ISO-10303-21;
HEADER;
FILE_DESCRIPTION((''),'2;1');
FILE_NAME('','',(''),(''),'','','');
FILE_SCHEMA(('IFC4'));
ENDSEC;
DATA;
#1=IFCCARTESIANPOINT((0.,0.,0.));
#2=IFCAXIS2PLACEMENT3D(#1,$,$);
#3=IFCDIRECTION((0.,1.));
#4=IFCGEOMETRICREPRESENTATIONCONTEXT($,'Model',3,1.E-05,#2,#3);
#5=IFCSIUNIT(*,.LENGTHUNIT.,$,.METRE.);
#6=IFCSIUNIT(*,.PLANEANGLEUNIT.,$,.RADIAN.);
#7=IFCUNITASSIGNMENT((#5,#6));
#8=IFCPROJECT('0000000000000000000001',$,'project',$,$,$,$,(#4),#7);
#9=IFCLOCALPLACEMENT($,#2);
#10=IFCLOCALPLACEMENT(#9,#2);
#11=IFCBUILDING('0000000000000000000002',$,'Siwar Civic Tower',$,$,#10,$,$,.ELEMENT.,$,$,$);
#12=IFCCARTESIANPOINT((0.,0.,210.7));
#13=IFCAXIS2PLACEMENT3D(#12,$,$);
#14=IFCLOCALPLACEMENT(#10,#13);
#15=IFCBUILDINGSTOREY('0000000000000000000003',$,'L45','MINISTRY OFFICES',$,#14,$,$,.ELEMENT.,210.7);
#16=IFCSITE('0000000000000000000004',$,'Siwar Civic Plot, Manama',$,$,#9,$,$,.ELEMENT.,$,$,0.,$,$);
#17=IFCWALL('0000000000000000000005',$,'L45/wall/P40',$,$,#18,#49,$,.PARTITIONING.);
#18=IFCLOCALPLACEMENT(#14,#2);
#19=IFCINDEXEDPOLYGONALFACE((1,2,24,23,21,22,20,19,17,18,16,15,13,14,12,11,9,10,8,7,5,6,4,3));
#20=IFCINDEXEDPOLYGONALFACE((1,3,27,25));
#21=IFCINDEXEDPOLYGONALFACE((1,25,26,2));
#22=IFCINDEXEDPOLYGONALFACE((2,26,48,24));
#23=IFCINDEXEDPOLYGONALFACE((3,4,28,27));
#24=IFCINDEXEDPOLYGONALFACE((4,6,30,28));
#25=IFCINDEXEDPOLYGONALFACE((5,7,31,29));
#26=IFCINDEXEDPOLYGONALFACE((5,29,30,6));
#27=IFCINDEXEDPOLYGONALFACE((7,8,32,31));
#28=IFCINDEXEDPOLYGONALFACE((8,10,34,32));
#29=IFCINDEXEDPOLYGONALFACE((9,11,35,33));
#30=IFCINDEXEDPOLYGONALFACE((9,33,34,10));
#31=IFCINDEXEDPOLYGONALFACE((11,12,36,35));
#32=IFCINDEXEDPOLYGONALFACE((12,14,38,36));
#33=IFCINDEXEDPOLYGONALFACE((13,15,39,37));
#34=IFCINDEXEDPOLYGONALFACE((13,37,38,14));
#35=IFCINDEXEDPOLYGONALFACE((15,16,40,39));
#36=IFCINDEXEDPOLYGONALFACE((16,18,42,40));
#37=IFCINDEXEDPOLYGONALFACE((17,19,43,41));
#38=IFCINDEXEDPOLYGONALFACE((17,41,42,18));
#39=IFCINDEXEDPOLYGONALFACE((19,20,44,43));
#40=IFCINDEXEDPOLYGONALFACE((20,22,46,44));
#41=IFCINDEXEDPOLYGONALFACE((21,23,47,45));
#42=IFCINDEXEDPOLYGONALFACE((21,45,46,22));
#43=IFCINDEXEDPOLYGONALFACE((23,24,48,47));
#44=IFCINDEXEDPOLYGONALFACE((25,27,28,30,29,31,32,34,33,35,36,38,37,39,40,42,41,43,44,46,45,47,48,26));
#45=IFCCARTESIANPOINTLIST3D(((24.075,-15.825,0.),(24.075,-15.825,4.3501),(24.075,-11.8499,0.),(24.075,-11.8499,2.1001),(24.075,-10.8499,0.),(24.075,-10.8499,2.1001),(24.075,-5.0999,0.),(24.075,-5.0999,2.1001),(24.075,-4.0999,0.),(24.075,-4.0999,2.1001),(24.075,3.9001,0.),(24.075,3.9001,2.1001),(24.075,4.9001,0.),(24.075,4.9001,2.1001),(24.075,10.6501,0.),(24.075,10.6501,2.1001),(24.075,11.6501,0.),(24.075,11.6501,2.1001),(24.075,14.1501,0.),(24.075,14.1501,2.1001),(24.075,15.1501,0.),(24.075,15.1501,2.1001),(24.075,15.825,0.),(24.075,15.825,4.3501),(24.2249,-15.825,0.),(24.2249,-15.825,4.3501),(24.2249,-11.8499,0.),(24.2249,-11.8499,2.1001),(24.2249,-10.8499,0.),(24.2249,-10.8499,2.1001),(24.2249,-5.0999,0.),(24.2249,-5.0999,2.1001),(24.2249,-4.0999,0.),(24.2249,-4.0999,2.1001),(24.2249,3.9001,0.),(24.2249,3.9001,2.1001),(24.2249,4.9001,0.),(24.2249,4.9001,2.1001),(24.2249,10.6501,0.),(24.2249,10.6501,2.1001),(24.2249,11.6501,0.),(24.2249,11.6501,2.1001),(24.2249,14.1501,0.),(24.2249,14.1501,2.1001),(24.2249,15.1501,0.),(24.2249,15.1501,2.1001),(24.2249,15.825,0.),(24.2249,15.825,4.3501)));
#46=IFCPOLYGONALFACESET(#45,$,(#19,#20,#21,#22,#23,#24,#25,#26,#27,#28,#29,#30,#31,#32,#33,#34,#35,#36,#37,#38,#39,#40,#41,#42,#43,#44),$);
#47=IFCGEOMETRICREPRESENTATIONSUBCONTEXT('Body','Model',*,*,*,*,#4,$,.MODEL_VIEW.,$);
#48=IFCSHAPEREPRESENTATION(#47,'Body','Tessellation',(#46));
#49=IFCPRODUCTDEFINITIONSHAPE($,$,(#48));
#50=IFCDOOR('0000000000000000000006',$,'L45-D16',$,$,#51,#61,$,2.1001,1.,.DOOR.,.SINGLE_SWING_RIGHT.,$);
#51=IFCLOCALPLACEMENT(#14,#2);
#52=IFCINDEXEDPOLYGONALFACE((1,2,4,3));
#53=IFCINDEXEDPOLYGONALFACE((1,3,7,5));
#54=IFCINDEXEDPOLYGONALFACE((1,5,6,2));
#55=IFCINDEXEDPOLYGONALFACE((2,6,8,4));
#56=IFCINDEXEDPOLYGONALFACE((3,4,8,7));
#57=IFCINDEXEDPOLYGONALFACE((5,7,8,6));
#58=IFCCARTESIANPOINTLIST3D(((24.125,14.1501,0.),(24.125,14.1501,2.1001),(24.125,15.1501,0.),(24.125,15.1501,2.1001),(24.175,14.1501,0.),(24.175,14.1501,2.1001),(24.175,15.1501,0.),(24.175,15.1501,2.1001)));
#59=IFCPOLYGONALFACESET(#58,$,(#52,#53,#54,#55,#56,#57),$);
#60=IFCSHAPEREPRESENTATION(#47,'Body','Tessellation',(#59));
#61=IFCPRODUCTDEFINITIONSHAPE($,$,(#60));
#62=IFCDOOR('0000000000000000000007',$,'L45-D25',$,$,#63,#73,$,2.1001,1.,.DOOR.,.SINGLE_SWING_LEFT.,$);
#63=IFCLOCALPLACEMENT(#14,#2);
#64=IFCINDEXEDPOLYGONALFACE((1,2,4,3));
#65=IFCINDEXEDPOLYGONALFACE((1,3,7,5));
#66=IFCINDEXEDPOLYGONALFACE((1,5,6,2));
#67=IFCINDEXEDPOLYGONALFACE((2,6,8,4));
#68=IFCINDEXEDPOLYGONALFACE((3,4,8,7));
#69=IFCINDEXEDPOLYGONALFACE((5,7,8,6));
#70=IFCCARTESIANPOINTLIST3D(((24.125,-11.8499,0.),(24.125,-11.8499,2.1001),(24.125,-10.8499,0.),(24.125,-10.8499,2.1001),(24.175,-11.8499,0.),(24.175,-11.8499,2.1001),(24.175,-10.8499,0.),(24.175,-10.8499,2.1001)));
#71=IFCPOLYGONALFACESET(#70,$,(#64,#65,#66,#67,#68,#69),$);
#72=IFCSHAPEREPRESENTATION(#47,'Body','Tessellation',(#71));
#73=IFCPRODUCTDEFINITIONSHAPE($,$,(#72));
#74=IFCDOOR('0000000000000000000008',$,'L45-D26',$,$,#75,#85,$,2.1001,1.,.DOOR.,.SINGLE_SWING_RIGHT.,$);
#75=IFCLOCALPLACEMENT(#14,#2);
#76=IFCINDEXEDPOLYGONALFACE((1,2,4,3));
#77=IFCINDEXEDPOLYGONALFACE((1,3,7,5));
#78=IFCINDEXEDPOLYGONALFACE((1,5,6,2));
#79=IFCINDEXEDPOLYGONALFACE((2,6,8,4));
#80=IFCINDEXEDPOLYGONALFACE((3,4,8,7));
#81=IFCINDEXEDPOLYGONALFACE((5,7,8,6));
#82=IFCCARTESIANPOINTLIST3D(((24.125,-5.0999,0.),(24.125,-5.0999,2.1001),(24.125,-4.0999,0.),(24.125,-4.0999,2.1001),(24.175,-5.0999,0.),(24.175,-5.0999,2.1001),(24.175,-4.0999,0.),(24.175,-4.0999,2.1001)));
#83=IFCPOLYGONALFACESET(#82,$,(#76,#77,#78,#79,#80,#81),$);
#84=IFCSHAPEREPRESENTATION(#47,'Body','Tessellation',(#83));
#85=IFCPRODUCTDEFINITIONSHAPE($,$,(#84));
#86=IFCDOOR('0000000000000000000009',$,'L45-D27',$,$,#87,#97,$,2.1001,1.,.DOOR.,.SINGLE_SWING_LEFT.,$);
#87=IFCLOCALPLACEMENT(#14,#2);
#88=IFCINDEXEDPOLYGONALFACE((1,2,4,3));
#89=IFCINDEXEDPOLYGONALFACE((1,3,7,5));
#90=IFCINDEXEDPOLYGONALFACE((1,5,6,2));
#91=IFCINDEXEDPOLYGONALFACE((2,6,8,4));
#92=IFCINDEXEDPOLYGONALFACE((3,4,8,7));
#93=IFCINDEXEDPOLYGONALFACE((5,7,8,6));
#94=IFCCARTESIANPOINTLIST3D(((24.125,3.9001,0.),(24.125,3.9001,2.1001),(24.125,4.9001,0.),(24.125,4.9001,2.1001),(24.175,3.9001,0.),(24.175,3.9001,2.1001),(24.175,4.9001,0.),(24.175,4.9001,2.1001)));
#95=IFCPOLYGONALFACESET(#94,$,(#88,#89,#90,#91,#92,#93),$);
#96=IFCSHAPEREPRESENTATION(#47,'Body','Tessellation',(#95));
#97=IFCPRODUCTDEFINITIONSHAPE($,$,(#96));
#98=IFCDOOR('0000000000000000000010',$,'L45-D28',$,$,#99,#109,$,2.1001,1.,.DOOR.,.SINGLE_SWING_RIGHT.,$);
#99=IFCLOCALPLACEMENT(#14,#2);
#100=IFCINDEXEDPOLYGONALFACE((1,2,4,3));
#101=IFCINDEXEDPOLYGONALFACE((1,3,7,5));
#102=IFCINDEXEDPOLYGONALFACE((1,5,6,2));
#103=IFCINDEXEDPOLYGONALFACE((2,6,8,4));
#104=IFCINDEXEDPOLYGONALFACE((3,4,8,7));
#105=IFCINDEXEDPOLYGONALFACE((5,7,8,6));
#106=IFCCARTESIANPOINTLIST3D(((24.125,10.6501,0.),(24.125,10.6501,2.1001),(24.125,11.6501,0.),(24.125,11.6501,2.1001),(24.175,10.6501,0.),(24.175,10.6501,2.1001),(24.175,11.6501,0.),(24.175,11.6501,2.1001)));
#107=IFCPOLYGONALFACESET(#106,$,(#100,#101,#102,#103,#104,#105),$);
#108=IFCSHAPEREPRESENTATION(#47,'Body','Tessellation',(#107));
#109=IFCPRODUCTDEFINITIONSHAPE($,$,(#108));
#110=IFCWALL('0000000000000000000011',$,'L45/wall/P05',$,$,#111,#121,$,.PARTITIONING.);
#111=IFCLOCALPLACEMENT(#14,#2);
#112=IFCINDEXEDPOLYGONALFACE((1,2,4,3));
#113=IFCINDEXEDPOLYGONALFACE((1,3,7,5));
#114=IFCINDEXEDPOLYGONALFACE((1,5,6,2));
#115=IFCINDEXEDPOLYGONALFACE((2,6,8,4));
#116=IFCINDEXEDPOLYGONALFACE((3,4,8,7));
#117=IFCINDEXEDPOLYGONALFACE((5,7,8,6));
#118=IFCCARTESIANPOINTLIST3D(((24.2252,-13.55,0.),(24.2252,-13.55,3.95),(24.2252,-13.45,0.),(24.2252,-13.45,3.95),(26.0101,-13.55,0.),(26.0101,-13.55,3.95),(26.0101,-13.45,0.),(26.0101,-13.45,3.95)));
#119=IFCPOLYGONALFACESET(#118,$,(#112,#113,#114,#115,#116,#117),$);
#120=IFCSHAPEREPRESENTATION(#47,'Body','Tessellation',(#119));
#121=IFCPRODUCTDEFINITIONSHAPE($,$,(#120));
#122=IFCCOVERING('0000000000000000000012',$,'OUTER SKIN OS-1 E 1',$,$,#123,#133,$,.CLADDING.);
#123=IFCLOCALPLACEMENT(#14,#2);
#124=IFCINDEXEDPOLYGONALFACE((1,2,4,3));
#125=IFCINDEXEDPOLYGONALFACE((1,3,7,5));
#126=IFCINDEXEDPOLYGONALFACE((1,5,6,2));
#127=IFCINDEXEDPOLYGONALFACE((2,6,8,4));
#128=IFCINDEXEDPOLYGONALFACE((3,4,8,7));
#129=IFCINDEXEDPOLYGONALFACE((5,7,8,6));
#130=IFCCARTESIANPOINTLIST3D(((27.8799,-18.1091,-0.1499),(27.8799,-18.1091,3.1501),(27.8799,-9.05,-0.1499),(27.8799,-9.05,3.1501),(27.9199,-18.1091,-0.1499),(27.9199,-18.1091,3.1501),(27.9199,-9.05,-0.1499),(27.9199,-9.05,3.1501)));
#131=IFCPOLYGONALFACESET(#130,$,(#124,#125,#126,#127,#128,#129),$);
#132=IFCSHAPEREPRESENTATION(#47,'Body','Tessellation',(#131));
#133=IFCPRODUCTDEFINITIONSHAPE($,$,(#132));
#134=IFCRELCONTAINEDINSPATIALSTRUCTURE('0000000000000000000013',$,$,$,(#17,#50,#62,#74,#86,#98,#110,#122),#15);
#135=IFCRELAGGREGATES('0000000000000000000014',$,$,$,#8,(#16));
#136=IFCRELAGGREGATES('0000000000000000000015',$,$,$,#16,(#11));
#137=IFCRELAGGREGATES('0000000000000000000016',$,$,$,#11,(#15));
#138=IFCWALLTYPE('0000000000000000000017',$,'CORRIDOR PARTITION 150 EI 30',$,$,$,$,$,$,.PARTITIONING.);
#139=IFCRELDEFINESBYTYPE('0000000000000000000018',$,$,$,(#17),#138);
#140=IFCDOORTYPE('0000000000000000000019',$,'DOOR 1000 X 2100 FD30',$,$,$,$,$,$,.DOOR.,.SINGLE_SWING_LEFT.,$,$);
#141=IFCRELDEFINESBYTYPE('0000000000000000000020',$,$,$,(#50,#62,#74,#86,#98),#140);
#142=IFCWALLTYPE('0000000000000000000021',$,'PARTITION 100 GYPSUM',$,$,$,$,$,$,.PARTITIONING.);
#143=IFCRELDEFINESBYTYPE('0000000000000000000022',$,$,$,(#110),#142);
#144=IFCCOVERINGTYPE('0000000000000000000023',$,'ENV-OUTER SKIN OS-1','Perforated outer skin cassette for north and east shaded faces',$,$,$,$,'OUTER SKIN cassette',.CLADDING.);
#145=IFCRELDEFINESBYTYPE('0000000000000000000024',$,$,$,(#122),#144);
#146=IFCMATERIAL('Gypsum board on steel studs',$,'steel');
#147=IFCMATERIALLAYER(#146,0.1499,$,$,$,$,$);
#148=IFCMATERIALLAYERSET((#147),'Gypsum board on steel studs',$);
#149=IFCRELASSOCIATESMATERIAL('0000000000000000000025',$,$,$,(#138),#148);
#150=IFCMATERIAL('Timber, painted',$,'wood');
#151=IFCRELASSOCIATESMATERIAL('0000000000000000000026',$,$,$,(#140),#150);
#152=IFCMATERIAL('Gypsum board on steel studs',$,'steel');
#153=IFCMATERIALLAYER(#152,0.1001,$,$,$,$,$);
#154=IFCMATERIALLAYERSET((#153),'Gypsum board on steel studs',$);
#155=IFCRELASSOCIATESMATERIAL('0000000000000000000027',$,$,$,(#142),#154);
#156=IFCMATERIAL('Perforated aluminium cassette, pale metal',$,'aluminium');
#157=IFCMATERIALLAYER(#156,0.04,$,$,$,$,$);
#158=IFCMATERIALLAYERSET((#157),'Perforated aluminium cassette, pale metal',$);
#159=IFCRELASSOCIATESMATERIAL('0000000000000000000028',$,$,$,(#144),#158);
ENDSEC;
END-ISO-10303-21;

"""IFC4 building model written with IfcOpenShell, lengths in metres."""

from ifc_helpers import new_model, si_unit, direction, frame, frame_2d, origin, origin_2d, place, context, subcontext, project, spatial, rectangle, extrude, material, layer, layer_set, type_object, element, fill, save


model = new_model("IFC4")

# Units and contexts
model_context = context("Model", 3, precision=1e-05, world=origin(), true_north=direction((0.0, 1.0)))
body_context = subcontext(model_context, "Body", "Model", "MODEL_VIEW")
ifc_project = project(units=[si_unit("LENGTHUNIT", "METRE"), si_unit("PLANEANGLEUNIT", "RADIAN")], contexts=[model_context])

# Site, building, storey
site_placement = place(None, origin())
site = spatial("IfcSite", under=ifc_project, at=site_placement, Name="Siwar Civic Plot, Manama", CompositionType="ELEMENT", RefElevation=0.0)
building_placement = place(site_placement, origin())
building = spatial("IfcBuilding", under=site, at=building_placement, Name="Siwar Civic Tower", CompositionType="ELEMENT")
storey_placement = place(building_placement, frame((0.0, 0.0, 210.7)))
storey = spatial("IfcBuildingStorey", under=building, at=storey_placement, Name="L45", Description="MINISTRY OFFICES", CompositionType="ELEMENT", Elevation=210.7)

# Wall, openings, doors
ifc_material_1 = material(Name="Gypsum board on steel studs", Category="steel")
ifc_layer_1 = layer(ifc_material_1, 0.1499)
ifc_layer_set_1 = layer_set([ifc_layer_1], Name="Gypsum board on steel studs")
wall_type_1 = type_object("IfcWallType", Name="CORRIDOR PARTITION 150 EI 30", PredefinedType="PARTITIONING", material=ifc_layer_set_1)
wall_1_placement = place(storey_placement, frame((24.1499, -15.825, 0.0), z_axis=(0.0, 0.0, 1.0), x_axis=(0.0, 1.0, 0.0)))
wall_1 = element("IfcWall", 1, at=wall_1_placement, inside=storey, type_object=wall_type_1, Name="L45/wall/P40", PredefinedType="PARTITIONING", context=body_context, shape_type="SweptSolid", body=[
    extrude(rectangle(XDim=31.6499, YDim=0.1499, at=frame_2d((15.825, 0.0))), origin(), (0.0, 0.0, 1.0), 4.3501),
])
opening_1_placement = place(wall_1_placement, frame((29.9751, 0.0, 0.0)))
opening_1 = element("IfcOpeningElement", 2, at=opening_1_placement, cuts=wall_1, PredefinedType="OPENING", context=body_context, shape_type="SweptSolid", body=[
    extrude(rectangle(XDim=1.0, YDim=2.1001, at=frame_2d((0.5, 1.05))), frame((0.0, 0.085, 0.0), z_axis=(0.0, -1.0, 0.0), x_axis=(1.0, 0.0, 0.0)), (0.0, 0.0, 1.0), 0.1699),
])
opening_2_placement = place(wall_1_placement, frame((3.9751, 0.0, 0.0)))
opening_2 = element("IfcOpeningElement", 3, at=opening_2_placement, cuts=wall_1, PredefinedType="OPENING", context=body_context, shape_type="SweptSolid", body=[
    extrude(rectangle(XDim=1.0, YDim=2.1001, at=frame_2d((0.5, 1.05))), frame((0.0, 0.085, 0.0), z_axis=(0.0, -1.0, 0.0), x_axis=(1.0, 0.0, 0.0)), (0.0, 0.0, 1.0), 0.1699),
])
opening_3_placement = place(wall_1_placement, frame((10.7251, 0.0, 0.0)))
opening_3 = element("IfcOpeningElement", 4, at=opening_3_placement, cuts=wall_1, PredefinedType="OPENING", context=body_context, shape_type="SweptSolid", body=[
    extrude(rectangle(XDim=1.0, YDim=2.1001, at=frame_2d((0.5, 1.05))), frame((0.0, 0.085, 0.0), z_axis=(0.0, -1.0, 0.0), x_axis=(1.0, 0.0, 0.0)), (0.0, 0.0, 1.0), 0.1699),
])
opening_4_placement = place(wall_1_placement, frame((19.7251, 0.0, 0.0)))
opening_4 = element("IfcOpeningElement", 5, at=opening_4_placement, cuts=wall_1, PredefinedType="OPENING", context=body_context, shape_type="SweptSolid", body=[
    extrude(rectangle(XDim=1.0, YDim=2.1001, at=frame_2d((0.5, 1.05))), frame((0.0, 0.085, 0.0), z_axis=(0.0, -1.0, 0.0), x_axis=(1.0, 0.0, 0.0)), (0.0, 0.0, 1.0), 0.1699),
])
opening_5_placement = place(wall_1_placement, frame((26.4751, 0.0, 0.0)))
opening_5 = element("IfcOpeningElement", 6, at=opening_5_placement, cuts=wall_1, PredefinedType="OPENING", context=body_context, shape_type="SweptSolid", body=[
    extrude(rectangle(XDim=1.0, YDim=2.1001, at=frame_2d((0.5, 1.05))), frame((0.0, 0.085, 0.0), z_axis=(0.0, -1.0, 0.0), x_axis=(1.0, 0.0, 0.0)), (0.0, 0.0, 1.0), 0.1699),
])
ifc_material_2 = material(Name="Timber, painted", Category="wood")
door_type_1 = type_object("IfcDoorType", Name="DOOR 1000 X 2100 FD30", OperationType="SINGLE_SWING_LEFT", PredefinedType="DOOR", material=ifc_material_2)
door_1_placement = place(opening_1_placement, origin())
door_1 = element("IfcDoor", 7, at=door_1_placement, inside=storey, type_object=door_type_1, Name="L45-D16", OperationType="SINGLE_SWING_RIGHT", OverallHeight=2.1001, OverallWidth=1.0, PredefinedType="DOOR", context=body_context, shape_type="SweptSolid", body=[
    extrude(rectangle(XDim=1.0, YDim=2.1001, at=frame_2d((0.5, 1.05))), frame((0.0, 0.0249, 0.0), z_axis=(0.0, -1.0, 0.0), x_axis=(1.0, 0.0, 0.0)), (0.0, 0.0, 1.0), 0.05),
])
fill(opening_1, door_1)
door_2_placement = place(opening_2_placement, origin())
door_2 = element("IfcDoor", 8, at=door_2_placement, inside=storey, type_object=door_type_1, Name="L45-D25", OperationType="SINGLE_SWING_LEFT", OverallHeight=2.1001, OverallWidth=1.0, PredefinedType="DOOR", context=body_context, shape_type="SweptSolid", body=[
    extrude(rectangle(XDim=1.0, YDim=2.1001, at=frame_2d((0.5, 1.05))), frame((0.0, 0.0249, 0.0), z_axis=(0.0, -1.0, 0.0), x_axis=(1.0, 0.0, 0.0)), (0.0, 0.0, 1.0), 0.05),
])
fill(opening_2, door_2)
door_3_placement = place(opening_3_placement, origin())
door_3 = element("IfcDoor", 9, at=door_3_placement, inside=storey, type_object=door_type_1, Name="L45-D26", OperationType="SINGLE_SWING_RIGHT", OverallHeight=2.1001, OverallWidth=1.0, PredefinedType="DOOR", context=body_context, shape_type="SweptSolid", body=[
    extrude(rectangle(XDim=1.0, YDim=2.1001, at=frame_2d((0.5, 1.05))), frame((0.0, 0.0249, 0.0), z_axis=(0.0, -1.0, 0.0), x_axis=(1.0, 0.0, 0.0)), (0.0, 0.0, 1.0), 0.05),
])
fill(opening_3, door_3)
door_4_placement = place(opening_4_placement, origin())
door_4 = element("IfcDoor", 10, at=door_4_placement, inside=storey, type_object=door_type_1, Name="L45-D27", OperationType="SINGLE_SWING_LEFT", OverallHeight=2.1001, OverallWidth=1.0, PredefinedType="DOOR", context=body_context, shape_type="SweptSolid", body=[
    extrude(rectangle(XDim=1.0, YDim=2.1001, at=frame_2d((0.5, 1.05))), frame((0.0, 0.0249, 0.0), z_axis=(0.0, -1.0, 0.0), x_axis=(1.0, 0.0, 0.0)), (0.0, 0.0, 1.0), 0.05),
])
fill(opening_4, door_4)
door_5_placement = place(opening_5_placement, origin())
door_5 = element("IfcDoor", 11, at=door_5_placement, inside=storey, type_object=door_type_1, Name="L45-D28", OperationType="SINGLE_SWING_RIGHT", OverallHeight=2.1001, OverallWidth=1.0, PredefinedType="DOOR", context=body_context, shape_type="SweptSolid", body=[
    extrude(rectangle(XDim=1.0, YDim=2.1001, at=frame_2d((0.5, 1.05))), frame((0.0, 0.0249, 0.0), z_axis=(0.0, -1.0, 0.0), x_axis=(1.0, 0.0, 0.0)), (0.0, 0.0, 1.0), 0.05),
])
fill(opening_5, door_5)

# Wall
ifc_material_3 = material(Name="Gypsum board on steel studs", Category="steel")
ifc_layer_2 = layer(ifc_material_3, 0.1001)
ifc_layer_set_2 = layer_set([ifc_layer_2], Name="Gypsum board on steel studs")
wall_type_2 = type_object("IfcWallType", Name="PARTITION 100 GYPSUM", PredefinedType="PARTITIONING", material=ifc_layer_set_2)
wall_2_placement = place(storey_placement, frame((24.2251, -13.5, 0.0), z_axis=(0.0, 0.0, 1.0), x_axis=(1.0, 0.0, 0.0)))
element("IfcWall", 12, at=wall_2_placement, inside=storey, type_object=wall_type_2, Name="L45/wall/P05", PredefinedType="PARTITIONING", context=body_context, shape_type="SweptSolid", body=[
    extrude(rectangle(XDim=1.7849, YDim=0.1001, at=frame_2d((0.8926, 0.0))), origin(), (0.0, 0.0, 1.0), 3.95),
])

# Covering
ifc_material_4 = material(Name="Perforated aluminium cassette, pale metal", Category="aluminium")
ifc_layer_3 = layer(ifc_material_4, 0.04)
ifc_layer_set_3 = layer_set([ifc_layer_3], Name="Perforated aluminium cassette, pale metal")
covering_type = type_object("IfcCoveringType", Name="ENV-OUTER SKIN OS-1", Description="Perforated outer skin cassette for north and east shaded faces", ElementType="OUTER SKIN cassette", PredefinedType="CLADDING", material=ifc_layer_set_3)
covering_placement = place(storey_placement, frame((27.8999, -13.5796, -0.1499), z_axis=(0.0, 0.0, 1.0), x_axis=(0.0, 1.0, 0.0)))
element("IfcCovering", 13, at=covering_placement, inside=storey, type_object=covering_type, Name="OUTER SKIN OS-1 E 1", PredefinedType="CLADDING", context=body_context, shape_type="SweptSolid", body=[
    extrude(rectangle(XDim=9.0591, YDim=0.04, at=origin_2d()), origin(), (0.0, 0.0, 1.0), 3.3),
])

save(model, "model.ifc")
